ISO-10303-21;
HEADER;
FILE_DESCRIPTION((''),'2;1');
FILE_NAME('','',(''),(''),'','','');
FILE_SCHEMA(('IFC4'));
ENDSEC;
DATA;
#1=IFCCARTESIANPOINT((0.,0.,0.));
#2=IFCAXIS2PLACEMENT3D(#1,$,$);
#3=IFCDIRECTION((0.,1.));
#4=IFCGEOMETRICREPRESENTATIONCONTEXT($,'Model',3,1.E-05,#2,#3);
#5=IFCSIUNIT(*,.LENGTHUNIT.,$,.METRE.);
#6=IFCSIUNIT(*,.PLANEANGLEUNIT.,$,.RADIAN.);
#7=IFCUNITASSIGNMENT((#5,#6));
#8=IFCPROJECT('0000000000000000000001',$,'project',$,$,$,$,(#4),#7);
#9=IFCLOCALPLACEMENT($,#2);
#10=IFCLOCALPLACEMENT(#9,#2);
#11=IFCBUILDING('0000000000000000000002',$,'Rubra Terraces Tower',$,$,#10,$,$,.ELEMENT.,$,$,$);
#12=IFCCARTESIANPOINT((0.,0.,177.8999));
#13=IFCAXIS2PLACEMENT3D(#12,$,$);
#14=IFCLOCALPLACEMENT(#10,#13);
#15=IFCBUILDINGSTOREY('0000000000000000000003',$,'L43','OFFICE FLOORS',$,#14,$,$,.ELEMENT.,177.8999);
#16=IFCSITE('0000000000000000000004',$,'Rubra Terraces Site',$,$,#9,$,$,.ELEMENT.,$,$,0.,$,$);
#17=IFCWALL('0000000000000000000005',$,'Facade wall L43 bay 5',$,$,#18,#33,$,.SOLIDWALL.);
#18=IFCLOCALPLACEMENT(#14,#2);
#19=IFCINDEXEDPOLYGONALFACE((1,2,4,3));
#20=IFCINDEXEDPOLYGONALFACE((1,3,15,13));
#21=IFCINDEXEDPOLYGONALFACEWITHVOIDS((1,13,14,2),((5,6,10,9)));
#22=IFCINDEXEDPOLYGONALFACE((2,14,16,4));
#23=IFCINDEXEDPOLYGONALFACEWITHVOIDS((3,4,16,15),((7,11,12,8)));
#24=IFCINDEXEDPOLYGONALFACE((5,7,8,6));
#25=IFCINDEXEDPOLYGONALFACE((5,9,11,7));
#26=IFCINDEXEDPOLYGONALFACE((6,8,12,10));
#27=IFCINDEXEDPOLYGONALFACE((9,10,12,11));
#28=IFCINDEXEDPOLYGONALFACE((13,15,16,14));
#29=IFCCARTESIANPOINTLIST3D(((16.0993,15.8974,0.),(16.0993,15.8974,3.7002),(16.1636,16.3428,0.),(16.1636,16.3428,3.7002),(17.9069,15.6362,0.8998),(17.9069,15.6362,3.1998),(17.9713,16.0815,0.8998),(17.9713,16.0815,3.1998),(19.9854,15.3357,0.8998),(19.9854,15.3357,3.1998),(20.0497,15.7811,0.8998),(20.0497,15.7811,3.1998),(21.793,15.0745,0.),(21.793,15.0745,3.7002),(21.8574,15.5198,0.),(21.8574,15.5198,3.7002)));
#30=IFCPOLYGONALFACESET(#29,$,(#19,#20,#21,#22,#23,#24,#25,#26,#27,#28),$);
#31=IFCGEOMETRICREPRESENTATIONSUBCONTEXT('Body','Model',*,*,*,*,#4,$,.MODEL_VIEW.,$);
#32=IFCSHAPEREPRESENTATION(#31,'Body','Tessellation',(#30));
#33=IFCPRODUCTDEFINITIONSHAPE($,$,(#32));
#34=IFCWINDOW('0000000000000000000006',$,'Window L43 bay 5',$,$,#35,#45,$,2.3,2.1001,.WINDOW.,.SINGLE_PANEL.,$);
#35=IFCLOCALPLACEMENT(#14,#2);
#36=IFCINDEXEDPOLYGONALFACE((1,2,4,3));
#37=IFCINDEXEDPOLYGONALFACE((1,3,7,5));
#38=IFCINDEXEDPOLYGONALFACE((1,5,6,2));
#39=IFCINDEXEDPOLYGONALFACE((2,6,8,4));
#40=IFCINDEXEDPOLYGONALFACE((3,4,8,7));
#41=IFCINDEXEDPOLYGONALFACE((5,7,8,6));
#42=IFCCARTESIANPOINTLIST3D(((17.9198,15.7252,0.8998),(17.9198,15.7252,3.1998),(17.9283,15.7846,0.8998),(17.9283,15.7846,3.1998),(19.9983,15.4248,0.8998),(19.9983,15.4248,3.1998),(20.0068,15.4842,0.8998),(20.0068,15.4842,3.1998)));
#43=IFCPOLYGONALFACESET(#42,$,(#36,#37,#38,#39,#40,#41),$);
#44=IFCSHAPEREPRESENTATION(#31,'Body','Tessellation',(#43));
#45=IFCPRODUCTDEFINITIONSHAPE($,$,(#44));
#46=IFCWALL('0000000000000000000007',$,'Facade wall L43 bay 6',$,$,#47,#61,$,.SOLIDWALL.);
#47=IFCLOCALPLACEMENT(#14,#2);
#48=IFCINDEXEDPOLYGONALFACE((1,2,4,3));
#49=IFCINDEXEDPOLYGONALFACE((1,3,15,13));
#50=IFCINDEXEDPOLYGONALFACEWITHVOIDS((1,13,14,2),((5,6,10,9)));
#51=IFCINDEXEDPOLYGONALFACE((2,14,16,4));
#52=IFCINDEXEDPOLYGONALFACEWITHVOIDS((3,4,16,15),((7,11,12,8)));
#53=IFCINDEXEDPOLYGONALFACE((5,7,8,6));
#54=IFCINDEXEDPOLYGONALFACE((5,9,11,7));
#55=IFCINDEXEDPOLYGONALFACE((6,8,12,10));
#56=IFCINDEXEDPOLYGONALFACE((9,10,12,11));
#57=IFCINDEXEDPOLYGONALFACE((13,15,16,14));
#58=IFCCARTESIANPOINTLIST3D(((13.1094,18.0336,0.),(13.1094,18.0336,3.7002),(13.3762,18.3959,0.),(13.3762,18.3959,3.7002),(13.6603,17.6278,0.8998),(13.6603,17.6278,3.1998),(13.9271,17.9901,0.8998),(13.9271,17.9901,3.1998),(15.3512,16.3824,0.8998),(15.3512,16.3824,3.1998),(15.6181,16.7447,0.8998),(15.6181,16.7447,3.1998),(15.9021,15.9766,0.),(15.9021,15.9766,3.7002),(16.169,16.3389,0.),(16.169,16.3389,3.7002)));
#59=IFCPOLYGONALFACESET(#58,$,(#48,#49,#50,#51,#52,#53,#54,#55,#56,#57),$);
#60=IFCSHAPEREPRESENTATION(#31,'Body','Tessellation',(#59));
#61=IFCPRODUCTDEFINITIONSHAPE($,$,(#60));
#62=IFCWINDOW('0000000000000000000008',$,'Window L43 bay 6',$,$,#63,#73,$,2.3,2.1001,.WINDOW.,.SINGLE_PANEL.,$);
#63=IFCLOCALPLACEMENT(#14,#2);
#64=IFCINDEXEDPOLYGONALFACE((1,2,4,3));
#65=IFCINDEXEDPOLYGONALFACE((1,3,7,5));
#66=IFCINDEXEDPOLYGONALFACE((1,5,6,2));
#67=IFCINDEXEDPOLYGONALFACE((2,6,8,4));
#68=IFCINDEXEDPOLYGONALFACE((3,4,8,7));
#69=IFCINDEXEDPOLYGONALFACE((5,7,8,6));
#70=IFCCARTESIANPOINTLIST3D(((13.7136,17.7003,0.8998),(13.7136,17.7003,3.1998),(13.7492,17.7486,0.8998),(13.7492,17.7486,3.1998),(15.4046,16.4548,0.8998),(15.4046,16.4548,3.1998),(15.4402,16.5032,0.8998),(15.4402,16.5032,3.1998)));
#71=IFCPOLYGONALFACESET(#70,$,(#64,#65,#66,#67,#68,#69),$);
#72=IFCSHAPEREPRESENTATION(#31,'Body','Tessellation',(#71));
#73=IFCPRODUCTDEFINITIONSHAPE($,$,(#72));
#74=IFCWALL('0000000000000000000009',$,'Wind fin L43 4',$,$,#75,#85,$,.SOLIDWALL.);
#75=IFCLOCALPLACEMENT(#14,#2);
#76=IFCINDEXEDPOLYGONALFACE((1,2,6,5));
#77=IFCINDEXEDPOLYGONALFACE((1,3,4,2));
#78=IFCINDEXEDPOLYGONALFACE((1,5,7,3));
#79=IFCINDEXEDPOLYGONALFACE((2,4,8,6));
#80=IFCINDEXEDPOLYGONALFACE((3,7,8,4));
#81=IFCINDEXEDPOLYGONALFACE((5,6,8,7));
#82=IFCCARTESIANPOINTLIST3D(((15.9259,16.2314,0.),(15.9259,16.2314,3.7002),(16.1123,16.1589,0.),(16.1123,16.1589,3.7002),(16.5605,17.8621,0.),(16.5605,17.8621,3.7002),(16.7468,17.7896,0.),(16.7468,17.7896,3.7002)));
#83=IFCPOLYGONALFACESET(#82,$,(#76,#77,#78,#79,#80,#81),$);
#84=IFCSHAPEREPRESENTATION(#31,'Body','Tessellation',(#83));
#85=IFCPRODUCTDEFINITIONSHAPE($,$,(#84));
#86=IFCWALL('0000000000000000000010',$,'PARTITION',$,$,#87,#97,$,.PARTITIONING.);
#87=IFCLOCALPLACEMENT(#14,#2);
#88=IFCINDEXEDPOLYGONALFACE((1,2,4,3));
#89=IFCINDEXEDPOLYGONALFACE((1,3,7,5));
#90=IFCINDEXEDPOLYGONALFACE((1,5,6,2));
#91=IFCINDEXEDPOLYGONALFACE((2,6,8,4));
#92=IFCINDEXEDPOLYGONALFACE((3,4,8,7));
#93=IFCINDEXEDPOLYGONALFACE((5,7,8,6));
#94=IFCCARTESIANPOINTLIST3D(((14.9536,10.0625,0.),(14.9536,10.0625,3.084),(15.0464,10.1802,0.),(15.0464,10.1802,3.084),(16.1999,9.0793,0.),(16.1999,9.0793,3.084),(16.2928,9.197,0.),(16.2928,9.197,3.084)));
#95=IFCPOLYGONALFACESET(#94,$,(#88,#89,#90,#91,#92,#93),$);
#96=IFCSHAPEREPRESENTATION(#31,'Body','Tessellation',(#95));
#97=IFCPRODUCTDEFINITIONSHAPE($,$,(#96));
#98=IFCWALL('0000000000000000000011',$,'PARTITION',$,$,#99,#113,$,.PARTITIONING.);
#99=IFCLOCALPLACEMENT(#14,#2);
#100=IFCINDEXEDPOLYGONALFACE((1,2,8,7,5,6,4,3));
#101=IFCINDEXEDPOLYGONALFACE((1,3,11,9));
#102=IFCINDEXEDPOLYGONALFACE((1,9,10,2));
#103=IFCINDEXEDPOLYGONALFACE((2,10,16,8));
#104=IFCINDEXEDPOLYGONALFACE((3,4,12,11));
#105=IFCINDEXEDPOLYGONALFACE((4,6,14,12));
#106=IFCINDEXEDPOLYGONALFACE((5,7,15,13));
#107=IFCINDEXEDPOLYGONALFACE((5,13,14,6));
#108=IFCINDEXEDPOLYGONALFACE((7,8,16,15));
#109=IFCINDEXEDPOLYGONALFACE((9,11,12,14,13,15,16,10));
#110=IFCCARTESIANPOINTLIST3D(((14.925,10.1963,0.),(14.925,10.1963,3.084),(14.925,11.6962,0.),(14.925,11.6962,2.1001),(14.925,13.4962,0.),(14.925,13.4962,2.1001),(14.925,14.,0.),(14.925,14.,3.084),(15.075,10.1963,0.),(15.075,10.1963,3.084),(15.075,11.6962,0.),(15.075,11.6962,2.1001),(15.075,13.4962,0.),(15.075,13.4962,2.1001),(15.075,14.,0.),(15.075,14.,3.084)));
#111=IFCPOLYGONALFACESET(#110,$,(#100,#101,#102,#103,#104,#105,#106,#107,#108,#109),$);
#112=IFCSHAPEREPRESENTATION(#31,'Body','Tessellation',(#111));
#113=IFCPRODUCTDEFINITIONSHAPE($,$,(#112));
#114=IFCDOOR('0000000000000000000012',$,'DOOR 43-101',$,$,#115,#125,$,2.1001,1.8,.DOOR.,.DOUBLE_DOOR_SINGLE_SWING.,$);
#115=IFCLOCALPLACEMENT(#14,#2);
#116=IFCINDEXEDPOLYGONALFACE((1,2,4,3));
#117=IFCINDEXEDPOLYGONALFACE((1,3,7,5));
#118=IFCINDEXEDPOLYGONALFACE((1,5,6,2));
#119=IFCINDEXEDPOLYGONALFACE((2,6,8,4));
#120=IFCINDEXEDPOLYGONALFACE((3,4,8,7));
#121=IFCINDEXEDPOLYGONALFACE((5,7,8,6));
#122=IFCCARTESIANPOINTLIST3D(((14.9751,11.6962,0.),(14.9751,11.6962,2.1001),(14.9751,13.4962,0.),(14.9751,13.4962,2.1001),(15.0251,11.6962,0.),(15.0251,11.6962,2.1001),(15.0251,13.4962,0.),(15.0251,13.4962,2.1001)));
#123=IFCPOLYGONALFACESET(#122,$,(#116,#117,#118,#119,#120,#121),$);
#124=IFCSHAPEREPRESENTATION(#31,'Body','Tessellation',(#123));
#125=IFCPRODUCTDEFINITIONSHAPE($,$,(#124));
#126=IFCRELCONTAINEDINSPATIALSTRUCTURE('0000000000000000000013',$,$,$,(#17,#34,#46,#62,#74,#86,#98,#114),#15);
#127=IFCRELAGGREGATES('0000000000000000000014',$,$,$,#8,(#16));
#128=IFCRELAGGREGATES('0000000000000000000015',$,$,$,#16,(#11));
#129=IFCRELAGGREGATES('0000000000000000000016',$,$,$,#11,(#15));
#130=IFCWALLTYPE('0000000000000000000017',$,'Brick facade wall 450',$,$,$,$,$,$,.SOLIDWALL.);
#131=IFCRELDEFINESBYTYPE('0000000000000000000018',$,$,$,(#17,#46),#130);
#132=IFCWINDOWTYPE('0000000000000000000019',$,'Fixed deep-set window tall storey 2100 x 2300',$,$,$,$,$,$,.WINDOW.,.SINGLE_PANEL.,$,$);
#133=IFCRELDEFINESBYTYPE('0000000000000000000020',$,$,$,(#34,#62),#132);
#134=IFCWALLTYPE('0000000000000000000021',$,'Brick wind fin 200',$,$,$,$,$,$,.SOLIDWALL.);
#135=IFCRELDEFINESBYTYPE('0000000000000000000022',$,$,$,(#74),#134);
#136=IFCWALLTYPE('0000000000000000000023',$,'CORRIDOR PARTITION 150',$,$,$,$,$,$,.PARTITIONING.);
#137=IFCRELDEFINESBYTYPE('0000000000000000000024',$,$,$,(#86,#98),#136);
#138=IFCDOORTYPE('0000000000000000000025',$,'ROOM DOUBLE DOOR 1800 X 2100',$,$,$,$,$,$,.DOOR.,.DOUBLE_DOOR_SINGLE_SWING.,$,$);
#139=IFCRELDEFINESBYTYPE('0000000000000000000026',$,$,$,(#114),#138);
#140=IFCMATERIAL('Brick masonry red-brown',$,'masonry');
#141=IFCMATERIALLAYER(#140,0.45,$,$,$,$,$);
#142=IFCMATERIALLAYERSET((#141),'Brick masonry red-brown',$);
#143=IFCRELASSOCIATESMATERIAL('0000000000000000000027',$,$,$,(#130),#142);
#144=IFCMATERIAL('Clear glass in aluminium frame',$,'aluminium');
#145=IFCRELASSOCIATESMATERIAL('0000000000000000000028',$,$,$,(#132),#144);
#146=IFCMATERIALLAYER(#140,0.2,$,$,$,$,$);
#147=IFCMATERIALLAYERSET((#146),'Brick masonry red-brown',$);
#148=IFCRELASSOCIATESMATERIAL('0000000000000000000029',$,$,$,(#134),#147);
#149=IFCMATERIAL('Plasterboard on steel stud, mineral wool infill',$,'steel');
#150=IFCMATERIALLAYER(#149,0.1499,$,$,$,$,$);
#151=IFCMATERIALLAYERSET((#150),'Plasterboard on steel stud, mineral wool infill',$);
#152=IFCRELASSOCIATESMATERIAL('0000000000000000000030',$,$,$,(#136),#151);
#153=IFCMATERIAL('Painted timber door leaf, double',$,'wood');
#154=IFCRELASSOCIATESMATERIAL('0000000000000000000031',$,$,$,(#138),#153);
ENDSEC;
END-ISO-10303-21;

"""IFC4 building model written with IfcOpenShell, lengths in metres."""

from ifc_helpers import new_model, si_unit, direction, frame, frame_2d, origin, place, context, subcontext, project, spatial, rectangle, extrude, material, layer, layer_set, type_object, element, fill, save


model = new_model("IFC4")

# Units and contexts
model_context = context("Model", 3, precision=1e-05, world=origin(), true_north=direction((0.0, 1.0)))
body_context = subcontext(model_context, "Body", "Model", "MODEL_VIEW")
ifc_project = project(units=[si_unit("LENGTHUNIT", "METRE"), si_unit("PLANEANGLEUNIT", "RADIAN")], contexts=[model_context])

# Site, building, storey
site_placement = place(None, origin())
site = spatial("IfcSite", under=ifc_project, at=site_placement, Name="Rubra Terraces Site", CompositionType="ELEMENT", RefElevation=0.0)
building_placement = place(site_placement, origin())
building = spatial("IfcBuilding", under=site, at=building_placement, Name="Rubra Terraces Tower", CompositionType="ELEMENT")
storey_placement = place(building_placement, frame((0.0, 0.0, 177.8999)))
storey = spatial("IfcBuildingStorey", under=building, at=storey_placement, Name="L43", Description="OFFICE FLOORS", CompositionType="ELEMENT", Elevation=177.8999)

# Walls, openings, windows
ifc_material_1 = material(Name="Brick masonry red-brown", Category="masonry")
ifc_layer_1 = layer(ifc_material_1, 0.45)
ifc_layer_set_1 = layer_set([ifc_layer_1], Name="Brick masonry red-brown")
wall_type_1 = type_object("IfcWallType", Name="Brick facade wall 450", PredefinedType="SOLIDWALL", material=ifc_layer_set_1)
ifc_material_2 = material(Name="Clear glass in aluminium frame", Category="aluminium")
wall_1_placement = place(storey_placement, frame((21.8252, 15.2971, 0.0), z_axis=(0.0, 0.0, 1.0), x_axis=(-0.989715, 0.143055, 0.0)))
wall_1 = element("IfcWall", 1, at=wall_1_placement, inside=storey, type_object=wall_type_1, Name="Facade wall L43 bay 5", PredefinedType="SOLIDWALL", context=body_context, shape_type="SweptSolid", body=[
    extrude(rectangle(XDim=5.7529, YDim=0.45, at=frame_2d((2.8765, 0.0))), origin(), (0.0, 0.0, 1.0), 3.7002),
])
opening_1_placement = place(wall_1_placement, frame((1.8264, 0.0, 0.8999)))
opening_1 = element("IfcOpeningElement", 2, at=opening_1_placement, cuts=wall_1, PredefinedType="OPENING", context=body_context, shape_type="SweptSolid", body=[
    extrude(rectangle(XDim=2.1001, YDim=2.3, at=frame_2d((1.05, 1.1499))), frame((0.0, 0.2349, 0.0), z_axis=(0.0, -1.0, 0.0), x_axis=(1.0, 0.0, 0.0)), (0.0, 0.0, 1.0), 0.47),
])
window_type_1 = type_object("IfcWindowType", Name="Fixed deep-set window tall storey 2100 x 2300", PartitioningType="SINGLE_PANEL", PredefinedType="WINDOW", material=ifc_material_2)
window_1_placement = place(opening_1_placement, origin())
window_1 = element("IfcWindow", 3, at=window_1_placement, inside=storey, type_object=window_type_1, Name="Window L43 bay 5", OverallHeight=2.3, OverallWidth=2.1001, PartitioningType="SINGLE_PANEL", PredefinedType="WINDOW", context=body_context, shape_type="SweptSolid", body=[
    extrude(rectangle(XDim=2.1001, YDim=2.3, at=frame_2d((1.05, 1.1499))), frame((0.0, 0.135, 0.0), z_axis=(0.0, -1.0, 0.0), x_axis=(1.0, 0.0, 0.0)), (0.0, 0.0, 1.0), 0.0601),
])
fill(opening_1, window_1)
wall_2_placement = place(storey_placement, frame((16.0356, 16.1577, 0.0), z_axis=(0.0, 0.0, 1.0), x_axis=(-0.805181, 0.593029, 0.0)))
wall_2 = element("IfcWall", 4, at=wall_2_placement, inside=storey, type_object=wall_type_1, Name="Facade wall L43 bay 6", PredefinedType="SOLIDWALL", context=body_context, shape_type="SweptSolid", body=[
    extrude(rectangle(XDim=3.4685, YDim=0.45, at=frame_2d((1.7344, 0.0))), origin(), (0.0, 0.0, 1.0), 3.7002),
])
opening_2_placement = place(wall_2_placement, frame((0.6843, 0.0, 0.8999)))
opening_2 = element("IfcOpeningElement", 5, at=opening_2_placement, cuts=wall_2, PredefinedType="OPENING", context=body_context, shape_type="SweptSolid", body=[
    extrude(rectangle(XDim=2.1001, YDim=2.3, at=frame_2d((1.05, 1.1499))), frame((0.0, 0.2349, 0.0), z_axis=(0.0, -1.0, 0.0), x_axis=(1.0, 0.0, 0.0)), (0.0, 0.0, 1.0), 0.47),
])
window_2_placement = place(opening_2_placement, origin())
window_2 = element("IfcWindow", 6, at=window_2_placement, inside=storey, type_object=window_type_1, Name="Window L43 bay 6", OverallHeight=2.3, OverallWidth=2.1001, PartitioningType="SINGLE_PANEL", PredefinedType="WINDOW", context=body_context, shape_type="SweptSolid", body=[
    extrude(rectangle(XDim=2.1001, YDim=2.3, at=frame_2d((1.05, 1.1499))), frame((0.0, 0.135, 0.0), z_axis=(0.0, -1.0, 0.0), x_axis=(1.0, 0.0, 0.0)), (0.0, 0.0, 1.0), 0.0601),
])
fill(opening_2, window_2)

# Walls
ifc_layer_2 = layer(ifc_material_1, 0.2)
ifc_layer_set_2 = layer_set([ifc_layer_2], Name="Brick masonry red-brown")
wall_type_2 = type_object("IfcWallType", Name="Brick wind fin 200", PredefinedType="SOLIDWALL", material=ifc_layer_set_2)
wall_3_placement = place(storey_placement, frame((16.019, 16.1951, 0.0), z_axis=(0.0, 0.0, 1.0), x_axis=(0.362642, 0.931929, 0.0)))
element("IfcWall", 7, at=wall_3_placement, inside=storey, type_object=wall_type_2, Name="Wind fin L43 4", PredefinedType="SOLIDWALL", context=body_context, shape_type="SweptSolid", body=[
    extrude(rectangle(XDim=1.7498, YDim=0.2, at=frame_2d((0.875, 0.0))), origin(), (0.0, 0.0, 1.0), 3.7002),
])
ifc_material_3 = material(Name="Plasterboard on steel stud, mineral wool infill", Category="steel")
ifc_layer_3 = layer(ifc_material_3, 0.1499)
ifc_layer_set_3 = layer_set([ifc_layer_3], Name="Plasterboard on steel stud, mineral wool infill")
wall_type_3 = type_object("IfcWallType", Name="CORRIDOR PARTITION 150", PredefinedType="PARTITIONING", material=ifc_layer_set_3)
wall_4_placement = place(storey_placement, frame((16.2463, 9.1382, 0.0), z_axis=(0.0, 0.0, 1.0), x_axis=(-0.785127, 0.619335, 0.0)))
element("IfcWall", 8, at=wall_4_placement, inside=storey, type_object=wall_type_3, Name="PARTITION", PredefinedType="PARTITIONING", context=body_context, shape_type="SweptSolid", body=[
    extrude(rectangle(XDim=1.5874, YDim=0.1499, at=frame_2d((0.7937, 0.0))), origin(), (0.0, 0.0, 1.0), 3.084),
])

# Wall, opening, door
wall_5_placement = place(storey_placement, frame((15.0, 10.1963, 0.0), z_axis=(0.0, 0.0, 1.0), x_axis=(0.0, 1.0, 0.0)))
wall_5 = element("IfcWall", 9, at=wall_5_placement, inside=storey, type_object=wall_type_3, Name="PARTITION", PredefinedType="PARTITIONING", context=body_context, shape_type="SweptSolid", body=[
    extrude(rectangle(XDim=3.8037, YDim=0.1499, at=frame_2d((1.9019, 0.0))), origin(), (0.0, 0.0, 1.0), 3.084),
])
opening_3_placement = place(wall_5_placement, frame((1.5, 0.0, 0.0)))
opening_3 = element("IfcOpeningElement", 10, at=opening_3_placement, cuts=wall_5, PredefinedType="OPENING", context=body_context, shape_type="SweptSolid", body=[
    extrude(rectangle(XDim=1.8, YDim=2.1001, at=frame_2d((0.8999, 1.05))), frame((0.0, 0.085, 0.0), z_axis=(0.0, -1.0, 0.0), x_axis=(1.0, 0.0, 0.0)), (0.0, 0.0, 1.0), 0.1699),
])
ifc_material_4 = material(Name="Painted timber door leaf, double", Category="wood")
door_type_1 = type_object("IfcDoorType", Name="ROOM DOUBLE DOOR 1800 X 2100", OperationType="DOUBLE_DOOR_SINGLE_SWING", PredefinedType="DOOR", material=ifc_material_4)
door_1_placement = place(opening_3_placement, origin())
door_1 = element("IfcDoor", 11, at=door_1_placement, inside=storey, type_object=door_type_1, Name="DOOR 43-101", OperationType="DOUBLE_DOOR_SINGLE_SWING", OverallHeight=2.1001, OverallWidth=1.8, PredefinedType="DOOR", context=body_context, shape_type="SweptSolid", body=[
    extrude(rectangle(XDim=1.8, YDim=2.1001, at=frame_2d((0.8999, 1.05))), frame((0.0, 0.0249, 0.0), z_axis=(0.0, -1.0, 0.0), x_axis=(1.0, 0.0, 0.0)), (0.0, 0.0, 1.0), 0.05),
])
fill(opening_3, door_1)

save(model, "model.ifc")
